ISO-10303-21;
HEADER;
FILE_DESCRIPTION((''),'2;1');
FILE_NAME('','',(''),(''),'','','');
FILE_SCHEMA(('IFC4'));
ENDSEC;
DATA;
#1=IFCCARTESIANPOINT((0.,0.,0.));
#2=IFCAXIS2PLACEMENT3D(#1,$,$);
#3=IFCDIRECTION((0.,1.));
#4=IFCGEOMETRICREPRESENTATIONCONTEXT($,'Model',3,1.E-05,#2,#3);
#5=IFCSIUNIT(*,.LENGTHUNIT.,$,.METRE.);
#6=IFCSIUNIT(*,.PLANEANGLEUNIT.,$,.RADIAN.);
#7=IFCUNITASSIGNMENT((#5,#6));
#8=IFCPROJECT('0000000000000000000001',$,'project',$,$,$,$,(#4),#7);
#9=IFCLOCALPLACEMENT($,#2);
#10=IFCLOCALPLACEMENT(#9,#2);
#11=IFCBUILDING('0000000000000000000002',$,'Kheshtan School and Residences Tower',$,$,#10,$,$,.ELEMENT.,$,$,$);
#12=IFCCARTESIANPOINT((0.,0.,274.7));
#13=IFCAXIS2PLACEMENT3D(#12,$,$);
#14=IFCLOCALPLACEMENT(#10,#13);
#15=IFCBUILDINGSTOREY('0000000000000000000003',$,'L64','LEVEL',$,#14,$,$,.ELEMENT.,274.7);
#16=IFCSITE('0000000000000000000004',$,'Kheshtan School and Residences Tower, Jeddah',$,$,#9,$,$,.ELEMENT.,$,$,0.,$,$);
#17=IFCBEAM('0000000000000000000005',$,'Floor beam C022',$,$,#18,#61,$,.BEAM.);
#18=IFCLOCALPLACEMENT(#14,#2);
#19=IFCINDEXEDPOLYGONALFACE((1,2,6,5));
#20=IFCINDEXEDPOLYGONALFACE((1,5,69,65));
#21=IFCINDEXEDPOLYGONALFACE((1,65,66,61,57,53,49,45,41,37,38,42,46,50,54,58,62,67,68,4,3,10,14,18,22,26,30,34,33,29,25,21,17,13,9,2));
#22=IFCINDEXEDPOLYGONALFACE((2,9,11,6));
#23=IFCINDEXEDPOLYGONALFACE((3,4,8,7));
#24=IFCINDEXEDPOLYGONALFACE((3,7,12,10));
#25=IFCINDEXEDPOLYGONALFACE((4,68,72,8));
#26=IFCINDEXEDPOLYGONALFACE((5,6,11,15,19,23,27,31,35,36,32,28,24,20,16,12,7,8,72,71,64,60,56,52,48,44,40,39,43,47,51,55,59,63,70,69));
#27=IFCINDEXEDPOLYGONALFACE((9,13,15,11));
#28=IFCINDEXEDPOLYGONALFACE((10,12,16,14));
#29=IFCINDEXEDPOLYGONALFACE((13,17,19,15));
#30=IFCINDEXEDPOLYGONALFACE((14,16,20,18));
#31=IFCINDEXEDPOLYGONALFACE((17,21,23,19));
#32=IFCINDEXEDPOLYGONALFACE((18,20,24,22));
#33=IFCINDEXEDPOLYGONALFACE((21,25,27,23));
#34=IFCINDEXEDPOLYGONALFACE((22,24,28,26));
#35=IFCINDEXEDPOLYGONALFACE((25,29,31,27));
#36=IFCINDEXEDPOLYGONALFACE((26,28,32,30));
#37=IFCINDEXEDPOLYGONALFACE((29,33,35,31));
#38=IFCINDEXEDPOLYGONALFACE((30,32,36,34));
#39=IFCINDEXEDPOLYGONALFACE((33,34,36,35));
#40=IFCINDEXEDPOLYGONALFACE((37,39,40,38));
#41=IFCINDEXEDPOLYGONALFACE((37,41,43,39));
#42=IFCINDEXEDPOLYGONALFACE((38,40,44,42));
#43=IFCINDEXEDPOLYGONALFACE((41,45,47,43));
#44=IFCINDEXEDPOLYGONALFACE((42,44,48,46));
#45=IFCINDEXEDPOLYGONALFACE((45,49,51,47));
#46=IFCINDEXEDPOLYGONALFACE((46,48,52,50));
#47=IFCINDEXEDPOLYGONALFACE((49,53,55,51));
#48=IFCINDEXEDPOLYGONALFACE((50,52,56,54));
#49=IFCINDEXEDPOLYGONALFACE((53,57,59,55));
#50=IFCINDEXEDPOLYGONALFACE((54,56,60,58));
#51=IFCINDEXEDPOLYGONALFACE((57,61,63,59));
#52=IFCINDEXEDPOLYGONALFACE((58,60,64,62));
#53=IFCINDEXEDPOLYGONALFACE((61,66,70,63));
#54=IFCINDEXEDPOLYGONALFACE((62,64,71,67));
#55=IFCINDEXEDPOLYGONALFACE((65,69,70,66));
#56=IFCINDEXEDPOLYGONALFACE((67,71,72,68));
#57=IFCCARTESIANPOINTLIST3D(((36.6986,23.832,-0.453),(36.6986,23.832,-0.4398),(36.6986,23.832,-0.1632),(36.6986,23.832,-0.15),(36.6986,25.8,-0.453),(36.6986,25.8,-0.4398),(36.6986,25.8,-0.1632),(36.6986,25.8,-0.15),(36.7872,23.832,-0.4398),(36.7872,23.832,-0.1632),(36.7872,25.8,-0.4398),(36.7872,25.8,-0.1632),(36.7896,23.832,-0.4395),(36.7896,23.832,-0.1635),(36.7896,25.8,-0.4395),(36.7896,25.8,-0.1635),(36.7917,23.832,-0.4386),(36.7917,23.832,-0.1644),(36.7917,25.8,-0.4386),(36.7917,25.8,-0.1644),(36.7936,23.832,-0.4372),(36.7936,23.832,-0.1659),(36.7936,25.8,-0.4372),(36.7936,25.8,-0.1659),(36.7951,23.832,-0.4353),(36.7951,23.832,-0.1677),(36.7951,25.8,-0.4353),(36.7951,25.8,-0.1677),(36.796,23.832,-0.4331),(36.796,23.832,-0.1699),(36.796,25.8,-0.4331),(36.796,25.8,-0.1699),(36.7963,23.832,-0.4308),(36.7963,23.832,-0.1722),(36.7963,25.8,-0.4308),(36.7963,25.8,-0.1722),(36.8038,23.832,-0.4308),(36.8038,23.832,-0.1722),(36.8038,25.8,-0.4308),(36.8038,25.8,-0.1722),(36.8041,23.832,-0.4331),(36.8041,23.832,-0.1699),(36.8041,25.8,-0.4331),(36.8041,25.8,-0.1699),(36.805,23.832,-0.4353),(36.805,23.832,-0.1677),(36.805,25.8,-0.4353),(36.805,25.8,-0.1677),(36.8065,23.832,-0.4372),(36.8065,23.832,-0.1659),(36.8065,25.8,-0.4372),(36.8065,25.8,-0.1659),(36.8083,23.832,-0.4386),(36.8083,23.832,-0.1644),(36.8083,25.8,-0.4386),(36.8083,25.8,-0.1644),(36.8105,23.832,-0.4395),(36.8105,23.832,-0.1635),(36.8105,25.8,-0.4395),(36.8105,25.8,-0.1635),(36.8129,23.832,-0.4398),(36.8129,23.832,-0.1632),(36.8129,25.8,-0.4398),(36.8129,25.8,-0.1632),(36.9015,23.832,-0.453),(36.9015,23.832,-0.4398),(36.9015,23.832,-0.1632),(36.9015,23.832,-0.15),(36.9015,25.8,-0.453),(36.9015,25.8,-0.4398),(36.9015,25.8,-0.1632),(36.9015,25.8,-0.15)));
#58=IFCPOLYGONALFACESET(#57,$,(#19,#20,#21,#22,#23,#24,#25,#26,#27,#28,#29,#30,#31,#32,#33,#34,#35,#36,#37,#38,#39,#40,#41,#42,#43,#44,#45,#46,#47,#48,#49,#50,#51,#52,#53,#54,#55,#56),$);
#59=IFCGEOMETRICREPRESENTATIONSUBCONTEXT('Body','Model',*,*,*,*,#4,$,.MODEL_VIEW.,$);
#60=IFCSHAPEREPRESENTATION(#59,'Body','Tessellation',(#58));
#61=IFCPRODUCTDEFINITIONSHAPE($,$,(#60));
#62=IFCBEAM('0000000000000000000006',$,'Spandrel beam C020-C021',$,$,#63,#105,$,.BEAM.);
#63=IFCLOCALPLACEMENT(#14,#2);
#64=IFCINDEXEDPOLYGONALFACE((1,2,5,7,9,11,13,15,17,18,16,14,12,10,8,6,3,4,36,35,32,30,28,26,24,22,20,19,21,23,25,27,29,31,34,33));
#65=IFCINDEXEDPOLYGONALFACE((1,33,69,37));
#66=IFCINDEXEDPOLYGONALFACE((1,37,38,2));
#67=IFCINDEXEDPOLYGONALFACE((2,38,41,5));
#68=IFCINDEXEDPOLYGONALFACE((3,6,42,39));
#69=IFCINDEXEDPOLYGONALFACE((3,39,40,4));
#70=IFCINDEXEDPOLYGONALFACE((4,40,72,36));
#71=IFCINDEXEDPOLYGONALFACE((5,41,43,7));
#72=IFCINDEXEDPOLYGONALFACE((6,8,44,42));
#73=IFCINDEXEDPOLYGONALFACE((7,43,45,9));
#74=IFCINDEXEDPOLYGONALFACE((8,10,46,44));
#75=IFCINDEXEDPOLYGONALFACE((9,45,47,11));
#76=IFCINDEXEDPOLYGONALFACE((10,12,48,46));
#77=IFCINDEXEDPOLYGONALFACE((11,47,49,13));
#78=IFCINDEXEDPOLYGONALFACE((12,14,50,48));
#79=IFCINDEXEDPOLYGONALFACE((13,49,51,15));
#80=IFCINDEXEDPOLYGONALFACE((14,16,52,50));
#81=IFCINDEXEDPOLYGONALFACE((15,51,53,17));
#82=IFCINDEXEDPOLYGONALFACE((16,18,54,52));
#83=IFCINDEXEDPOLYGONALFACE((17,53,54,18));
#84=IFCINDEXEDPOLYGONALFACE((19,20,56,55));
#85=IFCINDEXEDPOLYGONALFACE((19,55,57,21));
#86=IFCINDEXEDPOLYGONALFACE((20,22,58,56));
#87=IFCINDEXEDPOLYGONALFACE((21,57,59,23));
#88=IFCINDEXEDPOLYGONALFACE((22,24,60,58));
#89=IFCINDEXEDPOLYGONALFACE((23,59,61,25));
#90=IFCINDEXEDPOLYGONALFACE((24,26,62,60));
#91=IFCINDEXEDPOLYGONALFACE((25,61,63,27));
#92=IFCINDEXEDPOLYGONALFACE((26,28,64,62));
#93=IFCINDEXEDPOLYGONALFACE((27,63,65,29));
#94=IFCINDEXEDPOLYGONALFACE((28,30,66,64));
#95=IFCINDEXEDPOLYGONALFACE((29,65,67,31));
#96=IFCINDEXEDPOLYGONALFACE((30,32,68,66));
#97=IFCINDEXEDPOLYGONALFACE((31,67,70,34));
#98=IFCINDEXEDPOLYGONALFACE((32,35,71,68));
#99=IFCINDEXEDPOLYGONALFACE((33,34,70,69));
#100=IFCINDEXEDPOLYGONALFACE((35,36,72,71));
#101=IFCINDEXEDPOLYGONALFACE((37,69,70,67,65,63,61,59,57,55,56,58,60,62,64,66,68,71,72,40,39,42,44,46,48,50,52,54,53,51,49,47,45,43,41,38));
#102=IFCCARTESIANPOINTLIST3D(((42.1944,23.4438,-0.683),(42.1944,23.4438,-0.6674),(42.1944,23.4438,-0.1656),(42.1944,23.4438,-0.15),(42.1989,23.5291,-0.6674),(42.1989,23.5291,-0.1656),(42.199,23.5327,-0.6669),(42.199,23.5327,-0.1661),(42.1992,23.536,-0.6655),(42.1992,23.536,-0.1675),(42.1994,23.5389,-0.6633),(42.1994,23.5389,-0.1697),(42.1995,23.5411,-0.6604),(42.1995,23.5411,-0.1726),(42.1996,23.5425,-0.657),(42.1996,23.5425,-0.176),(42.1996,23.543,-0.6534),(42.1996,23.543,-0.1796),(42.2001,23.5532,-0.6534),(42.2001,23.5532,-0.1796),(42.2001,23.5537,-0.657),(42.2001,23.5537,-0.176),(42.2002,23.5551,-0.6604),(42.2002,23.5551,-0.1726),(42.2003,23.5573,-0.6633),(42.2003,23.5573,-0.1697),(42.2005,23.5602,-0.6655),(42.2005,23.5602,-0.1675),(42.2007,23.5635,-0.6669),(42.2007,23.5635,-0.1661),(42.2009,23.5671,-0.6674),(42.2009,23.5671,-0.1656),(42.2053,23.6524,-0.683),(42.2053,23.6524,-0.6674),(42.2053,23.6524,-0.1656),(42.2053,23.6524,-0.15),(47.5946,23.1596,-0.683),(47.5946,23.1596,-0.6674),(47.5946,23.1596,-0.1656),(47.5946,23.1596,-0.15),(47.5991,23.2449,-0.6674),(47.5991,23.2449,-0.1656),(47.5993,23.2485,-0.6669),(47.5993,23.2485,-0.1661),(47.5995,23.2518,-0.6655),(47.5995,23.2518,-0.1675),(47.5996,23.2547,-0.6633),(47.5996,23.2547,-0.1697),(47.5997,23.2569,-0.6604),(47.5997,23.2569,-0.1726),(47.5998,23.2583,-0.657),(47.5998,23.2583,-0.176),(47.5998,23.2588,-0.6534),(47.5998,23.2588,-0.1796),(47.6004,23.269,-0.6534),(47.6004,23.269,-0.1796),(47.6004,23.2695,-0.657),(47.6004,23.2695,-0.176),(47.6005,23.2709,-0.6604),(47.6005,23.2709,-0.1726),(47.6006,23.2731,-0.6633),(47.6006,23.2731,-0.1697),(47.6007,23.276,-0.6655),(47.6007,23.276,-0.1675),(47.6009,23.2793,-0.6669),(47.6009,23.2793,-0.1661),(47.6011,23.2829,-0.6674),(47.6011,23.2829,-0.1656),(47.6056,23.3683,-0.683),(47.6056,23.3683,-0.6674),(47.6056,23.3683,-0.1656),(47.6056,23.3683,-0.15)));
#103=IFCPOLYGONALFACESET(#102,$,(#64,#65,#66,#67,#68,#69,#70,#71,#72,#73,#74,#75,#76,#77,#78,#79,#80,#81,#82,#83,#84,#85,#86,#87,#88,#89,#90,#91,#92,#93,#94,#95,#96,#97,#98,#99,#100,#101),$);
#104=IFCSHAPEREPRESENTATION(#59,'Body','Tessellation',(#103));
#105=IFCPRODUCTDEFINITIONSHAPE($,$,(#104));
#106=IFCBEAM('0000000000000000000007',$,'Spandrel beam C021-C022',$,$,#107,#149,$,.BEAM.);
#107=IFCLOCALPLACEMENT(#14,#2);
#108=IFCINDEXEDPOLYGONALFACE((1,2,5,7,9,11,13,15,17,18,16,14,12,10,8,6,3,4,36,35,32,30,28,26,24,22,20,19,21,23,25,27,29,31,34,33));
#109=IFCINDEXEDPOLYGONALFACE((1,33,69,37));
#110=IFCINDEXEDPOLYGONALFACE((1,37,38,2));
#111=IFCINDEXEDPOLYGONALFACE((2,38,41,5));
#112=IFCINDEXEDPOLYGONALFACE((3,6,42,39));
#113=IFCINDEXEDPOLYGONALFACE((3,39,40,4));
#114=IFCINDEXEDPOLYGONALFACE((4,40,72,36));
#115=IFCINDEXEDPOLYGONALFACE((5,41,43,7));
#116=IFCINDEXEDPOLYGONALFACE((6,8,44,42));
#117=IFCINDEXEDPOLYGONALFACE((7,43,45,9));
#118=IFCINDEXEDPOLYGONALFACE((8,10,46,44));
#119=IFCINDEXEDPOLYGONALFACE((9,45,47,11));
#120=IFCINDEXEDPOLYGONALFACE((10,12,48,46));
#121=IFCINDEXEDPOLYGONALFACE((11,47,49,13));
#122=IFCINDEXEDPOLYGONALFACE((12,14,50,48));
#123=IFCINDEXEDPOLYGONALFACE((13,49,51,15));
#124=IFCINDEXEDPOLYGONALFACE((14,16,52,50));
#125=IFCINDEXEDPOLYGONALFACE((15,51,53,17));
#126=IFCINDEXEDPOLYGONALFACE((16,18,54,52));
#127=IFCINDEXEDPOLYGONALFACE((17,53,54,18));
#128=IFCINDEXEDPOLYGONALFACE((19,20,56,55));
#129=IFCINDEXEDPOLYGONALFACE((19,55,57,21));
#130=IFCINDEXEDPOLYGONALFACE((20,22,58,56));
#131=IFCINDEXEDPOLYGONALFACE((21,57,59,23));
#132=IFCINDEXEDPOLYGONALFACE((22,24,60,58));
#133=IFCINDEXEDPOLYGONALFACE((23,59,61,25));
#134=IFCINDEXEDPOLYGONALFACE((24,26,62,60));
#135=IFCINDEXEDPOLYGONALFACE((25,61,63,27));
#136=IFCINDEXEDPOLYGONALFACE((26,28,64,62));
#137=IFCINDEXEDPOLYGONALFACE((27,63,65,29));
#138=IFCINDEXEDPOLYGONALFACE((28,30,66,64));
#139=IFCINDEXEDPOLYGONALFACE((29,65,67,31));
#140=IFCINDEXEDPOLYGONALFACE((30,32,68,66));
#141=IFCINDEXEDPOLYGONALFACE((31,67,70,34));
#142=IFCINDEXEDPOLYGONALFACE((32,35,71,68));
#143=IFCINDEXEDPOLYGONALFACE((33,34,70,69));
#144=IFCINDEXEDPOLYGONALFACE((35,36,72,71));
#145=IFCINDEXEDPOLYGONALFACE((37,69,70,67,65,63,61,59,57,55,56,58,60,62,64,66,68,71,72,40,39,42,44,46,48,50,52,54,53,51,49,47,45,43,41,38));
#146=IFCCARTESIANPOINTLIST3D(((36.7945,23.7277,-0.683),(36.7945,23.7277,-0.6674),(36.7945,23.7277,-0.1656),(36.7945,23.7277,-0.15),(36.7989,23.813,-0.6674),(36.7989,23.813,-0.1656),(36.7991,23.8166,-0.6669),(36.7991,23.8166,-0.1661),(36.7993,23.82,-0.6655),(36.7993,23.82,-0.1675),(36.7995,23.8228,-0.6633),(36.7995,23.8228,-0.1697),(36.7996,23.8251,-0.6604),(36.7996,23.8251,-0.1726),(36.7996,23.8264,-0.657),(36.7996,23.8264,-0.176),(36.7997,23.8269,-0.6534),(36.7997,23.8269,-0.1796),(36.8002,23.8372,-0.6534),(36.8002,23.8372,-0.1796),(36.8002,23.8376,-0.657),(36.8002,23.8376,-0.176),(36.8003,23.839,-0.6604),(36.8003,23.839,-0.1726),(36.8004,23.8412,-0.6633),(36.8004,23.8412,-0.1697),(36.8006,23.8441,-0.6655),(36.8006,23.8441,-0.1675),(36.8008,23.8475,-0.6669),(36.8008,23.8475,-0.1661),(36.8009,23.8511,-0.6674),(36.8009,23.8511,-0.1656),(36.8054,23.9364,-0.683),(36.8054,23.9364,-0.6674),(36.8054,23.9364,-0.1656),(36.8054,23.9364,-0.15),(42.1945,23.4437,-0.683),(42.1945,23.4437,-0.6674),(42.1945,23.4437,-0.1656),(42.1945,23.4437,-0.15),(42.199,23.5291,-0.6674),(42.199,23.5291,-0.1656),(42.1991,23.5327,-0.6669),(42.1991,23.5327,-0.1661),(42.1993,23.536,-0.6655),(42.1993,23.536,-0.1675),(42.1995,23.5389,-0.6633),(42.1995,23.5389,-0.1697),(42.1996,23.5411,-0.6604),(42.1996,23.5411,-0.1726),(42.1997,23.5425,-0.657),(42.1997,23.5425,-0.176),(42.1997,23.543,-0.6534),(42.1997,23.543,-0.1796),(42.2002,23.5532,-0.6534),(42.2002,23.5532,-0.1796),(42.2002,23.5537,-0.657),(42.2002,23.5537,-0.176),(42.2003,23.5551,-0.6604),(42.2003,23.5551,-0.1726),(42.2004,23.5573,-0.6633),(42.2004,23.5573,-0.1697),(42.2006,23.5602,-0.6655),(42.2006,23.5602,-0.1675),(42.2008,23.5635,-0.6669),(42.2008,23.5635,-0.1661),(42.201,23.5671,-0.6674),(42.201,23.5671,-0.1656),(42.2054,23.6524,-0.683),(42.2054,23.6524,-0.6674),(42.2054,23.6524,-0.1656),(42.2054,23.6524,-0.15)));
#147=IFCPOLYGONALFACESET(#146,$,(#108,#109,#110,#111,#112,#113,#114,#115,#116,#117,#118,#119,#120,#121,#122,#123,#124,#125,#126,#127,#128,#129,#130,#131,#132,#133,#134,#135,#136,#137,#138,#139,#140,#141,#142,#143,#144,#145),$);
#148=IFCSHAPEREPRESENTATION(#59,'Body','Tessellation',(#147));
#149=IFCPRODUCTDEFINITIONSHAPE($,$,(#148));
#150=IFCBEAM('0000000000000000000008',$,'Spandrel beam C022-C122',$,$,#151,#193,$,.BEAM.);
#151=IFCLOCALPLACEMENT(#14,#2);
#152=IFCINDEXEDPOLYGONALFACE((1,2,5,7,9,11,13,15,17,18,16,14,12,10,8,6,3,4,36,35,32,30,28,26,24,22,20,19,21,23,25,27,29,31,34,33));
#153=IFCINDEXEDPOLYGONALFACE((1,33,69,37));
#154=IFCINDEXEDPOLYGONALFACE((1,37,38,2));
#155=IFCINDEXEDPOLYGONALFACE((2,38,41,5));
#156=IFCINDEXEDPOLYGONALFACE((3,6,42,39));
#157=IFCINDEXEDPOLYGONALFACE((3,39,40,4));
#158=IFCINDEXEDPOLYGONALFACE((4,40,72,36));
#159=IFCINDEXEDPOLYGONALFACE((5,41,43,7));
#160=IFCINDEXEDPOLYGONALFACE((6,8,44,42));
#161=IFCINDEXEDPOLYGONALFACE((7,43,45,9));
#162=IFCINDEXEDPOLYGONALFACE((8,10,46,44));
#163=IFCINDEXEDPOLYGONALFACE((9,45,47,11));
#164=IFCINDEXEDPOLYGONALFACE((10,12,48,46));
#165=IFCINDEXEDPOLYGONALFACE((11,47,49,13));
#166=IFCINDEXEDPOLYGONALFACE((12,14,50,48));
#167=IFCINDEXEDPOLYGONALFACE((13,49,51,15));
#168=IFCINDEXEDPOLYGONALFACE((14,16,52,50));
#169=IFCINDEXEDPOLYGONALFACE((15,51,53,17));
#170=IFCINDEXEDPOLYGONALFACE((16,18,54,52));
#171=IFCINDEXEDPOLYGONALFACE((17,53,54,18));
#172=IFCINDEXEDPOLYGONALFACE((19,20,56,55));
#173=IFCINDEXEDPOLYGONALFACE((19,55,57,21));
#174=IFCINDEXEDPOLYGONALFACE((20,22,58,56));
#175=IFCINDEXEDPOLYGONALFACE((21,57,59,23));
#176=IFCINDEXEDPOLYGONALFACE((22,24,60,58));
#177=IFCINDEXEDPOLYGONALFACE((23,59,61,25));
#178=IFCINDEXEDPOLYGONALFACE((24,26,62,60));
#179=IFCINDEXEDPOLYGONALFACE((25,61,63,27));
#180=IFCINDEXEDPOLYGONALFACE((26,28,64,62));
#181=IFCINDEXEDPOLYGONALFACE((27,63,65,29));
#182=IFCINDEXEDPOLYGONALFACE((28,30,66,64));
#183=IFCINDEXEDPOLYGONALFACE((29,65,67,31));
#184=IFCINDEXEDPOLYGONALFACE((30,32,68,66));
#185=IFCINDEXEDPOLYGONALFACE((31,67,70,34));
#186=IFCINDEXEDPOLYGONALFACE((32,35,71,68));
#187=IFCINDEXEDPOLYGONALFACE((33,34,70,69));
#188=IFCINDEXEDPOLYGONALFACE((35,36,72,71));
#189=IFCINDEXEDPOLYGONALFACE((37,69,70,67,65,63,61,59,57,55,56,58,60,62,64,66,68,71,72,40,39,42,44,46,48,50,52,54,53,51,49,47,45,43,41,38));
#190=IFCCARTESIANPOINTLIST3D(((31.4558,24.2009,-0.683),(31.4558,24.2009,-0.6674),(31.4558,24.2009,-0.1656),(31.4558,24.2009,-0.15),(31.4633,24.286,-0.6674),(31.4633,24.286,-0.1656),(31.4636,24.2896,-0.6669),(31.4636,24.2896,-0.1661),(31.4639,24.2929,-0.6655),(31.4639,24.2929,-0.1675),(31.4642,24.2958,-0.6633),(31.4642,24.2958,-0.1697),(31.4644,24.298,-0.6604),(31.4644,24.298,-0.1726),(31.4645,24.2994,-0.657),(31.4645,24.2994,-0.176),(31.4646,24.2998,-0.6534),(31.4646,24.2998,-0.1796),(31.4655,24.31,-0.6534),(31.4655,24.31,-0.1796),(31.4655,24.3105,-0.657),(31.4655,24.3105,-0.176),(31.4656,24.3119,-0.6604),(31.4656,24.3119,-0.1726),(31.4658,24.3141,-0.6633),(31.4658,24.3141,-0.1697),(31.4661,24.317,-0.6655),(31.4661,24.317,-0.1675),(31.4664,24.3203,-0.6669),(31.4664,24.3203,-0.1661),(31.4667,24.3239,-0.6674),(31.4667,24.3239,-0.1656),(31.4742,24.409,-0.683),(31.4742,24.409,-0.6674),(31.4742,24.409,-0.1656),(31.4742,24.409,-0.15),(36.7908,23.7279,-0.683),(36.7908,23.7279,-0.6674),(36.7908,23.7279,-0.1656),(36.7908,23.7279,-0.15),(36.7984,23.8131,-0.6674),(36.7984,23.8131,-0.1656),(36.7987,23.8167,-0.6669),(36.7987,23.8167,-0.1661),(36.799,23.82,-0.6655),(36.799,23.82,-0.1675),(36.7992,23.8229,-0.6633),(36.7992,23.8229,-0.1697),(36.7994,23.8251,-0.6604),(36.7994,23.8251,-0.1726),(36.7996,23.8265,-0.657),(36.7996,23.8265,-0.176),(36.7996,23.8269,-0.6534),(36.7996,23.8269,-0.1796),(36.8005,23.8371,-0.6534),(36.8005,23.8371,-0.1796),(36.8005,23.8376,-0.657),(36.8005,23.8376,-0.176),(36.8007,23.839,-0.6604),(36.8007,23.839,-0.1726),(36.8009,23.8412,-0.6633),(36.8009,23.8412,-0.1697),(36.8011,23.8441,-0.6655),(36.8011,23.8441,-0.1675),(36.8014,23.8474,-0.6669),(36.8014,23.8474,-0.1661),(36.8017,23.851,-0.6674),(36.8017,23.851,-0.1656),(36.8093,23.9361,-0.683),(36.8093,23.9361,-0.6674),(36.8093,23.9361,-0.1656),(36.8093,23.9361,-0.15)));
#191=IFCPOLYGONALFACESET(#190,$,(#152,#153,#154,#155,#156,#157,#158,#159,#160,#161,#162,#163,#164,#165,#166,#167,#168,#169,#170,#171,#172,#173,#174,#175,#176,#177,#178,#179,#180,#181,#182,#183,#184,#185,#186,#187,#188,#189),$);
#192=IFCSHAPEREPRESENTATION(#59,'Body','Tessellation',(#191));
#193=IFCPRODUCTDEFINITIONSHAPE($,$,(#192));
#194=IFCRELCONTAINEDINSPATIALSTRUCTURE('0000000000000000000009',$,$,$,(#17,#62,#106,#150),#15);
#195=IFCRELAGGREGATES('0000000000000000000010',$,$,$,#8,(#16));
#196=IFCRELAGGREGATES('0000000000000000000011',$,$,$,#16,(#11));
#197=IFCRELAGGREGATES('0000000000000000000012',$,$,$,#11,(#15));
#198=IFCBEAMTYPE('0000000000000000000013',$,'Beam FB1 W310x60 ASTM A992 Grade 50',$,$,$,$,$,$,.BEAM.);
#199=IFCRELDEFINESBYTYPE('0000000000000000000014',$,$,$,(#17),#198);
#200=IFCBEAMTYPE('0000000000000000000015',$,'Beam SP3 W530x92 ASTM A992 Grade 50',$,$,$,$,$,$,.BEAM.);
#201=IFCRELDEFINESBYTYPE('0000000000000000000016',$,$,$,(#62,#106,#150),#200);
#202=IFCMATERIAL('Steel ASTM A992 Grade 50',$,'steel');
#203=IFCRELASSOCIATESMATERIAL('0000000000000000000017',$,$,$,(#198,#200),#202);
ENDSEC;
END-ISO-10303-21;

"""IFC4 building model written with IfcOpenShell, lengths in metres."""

from ifc_helpers import new_model, si_unit, direction, frame, origin, origin_2d, place, context, subcontext, project, spatial, i_section, extrude, material, material_profile, profile_set, type_object, element, save


model = new_model("IFC4")

# Units and contexts
model_context = context("Model", 3, precision=1e-05, world=origin(), true_north=direction((0.0, 1.0)))
body_context = subcontext(model_context, "Body", "Model", "MODEL_VIEW")
ifc_project = project(units=[si_unit("LENGTHUNIT", "METRE"), si_unit("PLANEANGLEUNIT", "RADIAN")], contexts=[model_context])

# Site, building, storey
site_placement = place(None, origin())
site = spatial("IfcSite", under=ifc_project, at=site_placement, Name="Kheshtan School and Residences Tower, Jeddah", CompositionType="ELEMENT", RefElevation=0.0)
building_placement = place(site_placement, origin())
building = spatial("IfcBuilding", under=site, at=building_placement, Name="Kheshtan School and Residences Tower", CompositionType="ELEMENT")
storey_placement = place(building_placement, frame((0.0, 0.0, 274.7)))
storey = spatial("IfcBuildingStorey", under=building, at=storey_placement, Name="L64", Description="LEVEL", CompositionType="ELEMENT", Elevation=274.7)

# Shared definitions
ifc_material_1 = material(Name="Steel ASTM A992 Grade 50", Category="steel")

# Beams
ifc_material_profile_1 = material_profile(ifc_material_1, i_section(OverallWidth=0.2029, OverallDepth=0.303, WebThickness=0.0076, FlangeThickness=0.0132, FilletRadius=0.009, at=origin_2d()), Name="W310x60")
ifc_profile_set_1 = profile_set([ifc_material_profile_1], Name="Steel ASTM A992 Grade 50")
beam_type_1 = type_object("IfcBeamType", Name="Beam FB1 W310x60 ASTM A992 Grade 50", PredefinedType="BEAM", material=ifc_profile_set_1)
beam_1_placement = place(storey_placement, frame((36.8, 23.832, -0.3015), z_axis=(0.0, 1.0, 0.0), x_axis=(-1.0, 0.0, 0.0)))
element("IfcBeam", 1, at=beam_1_placement, inside=storey, type_object=beam_type_1, Name="Floor beam C022", PredefinedType="BEAM", context=body_context, shape_type="SweptSolid", body=[
    extrude(i_section(OverallWidth=0.2029, OverallDepth=0.303, WebThickness=0.0076, FlangeThickness=0.0132, FilletRadius=0.009, at=origin_2d()), origin(), (0.0, 0.0, 1.0), 1.968),
])
ifc_material_profile_2 = material_profile(ifc_material_1, i_section(OverallWidth=0.209, OverallDepth=0.533, WebThickness=0.0103, FlangeThickness=0.0156, FilletRadius=0.0139, at=origin_2d()), Name="W530x92")
ifc_profile_set_2 = profile_set([ifc_material_profile_2], Name="Steel ASTM A992 Grade 50")
beam_type_2 = type_object("IfcBeamType", Name="Beam SP3 W530x92 ASTM A992 Grade 50", PredefinedType="BEAM", material=ifc_profile_set_2)
beam_2_placement = place(storey_placement, frame((47.6001, 23.2639, -0.4165), z_axis=(-0.998618, 0.052552, 0.0), x_axis=(-0.052552, -0.998618, 0.0)))
element("IfcBeam", 2, at=beam_2_placement, inside=storey, type_object=beam_type_2, Name="Spandrel beam C020-C021", PredefinedType="BEAM", context=body_context, shape_type="SweptSolid", body=[
    extrude(i_section(OverallWidth=0.209, OverallDepth=0.533, WebThickness=0.0103, FlangeThickness=0.0156, FilletRadius=0.0139, at=origin_2d()), origin(), (0.0, 0.0, 1.0), 5.4077),
])
beam_3_placement = place(storey_placement, frame((42.2, 23.5481, -0.4165), z_axis=(-0.99862, 0.052509, 0.0), x_axis=(-0.052509, -0.99862, 0.0)))
element("IfcBeam", 3, at=beam_3_placement, inside=storey, type_object=beam_type_2, Name="Spandrel beam C021-C022", PredefinedType="BEAM", context=body_context, shape_type="SweptSolid", body=[
    extrude(i_section(OverallWidth=0.209, OverallDepth=0.533, WebThickness=0.0103, FlangeThickness=0.0156, FilletRadius=0.0139, at=origin_2d()), origin(), (0.0, 0.0, 1.0), 5.4075),
])
beam_4_placement = place(storey_placement, frame((36.8, 23.832, -0.4165), z_axis=(-0.996094, 0.088296, 0.0), x_axis=(-0.088296, -0.996094, 0.0)))
element("IfcBeam", 4, at=beam_4_placement, inside=storey, type_object=beam_type_2, Name="Spandrel beam C022-C122", PredefinedType="BEAM", context=body_context, shape_type="SweptSolid", body=[
    extrude(i_section(OverallWidth=0.209, OverallDepth=0.533, WebThickness=0.0103, FlangeThickness=0.0156, FilletRadius=0.0139, at=origin_2d()), origin(), (0.0, 0.0, 1.0), 5.356),
])

save(model, "model.ifc")
